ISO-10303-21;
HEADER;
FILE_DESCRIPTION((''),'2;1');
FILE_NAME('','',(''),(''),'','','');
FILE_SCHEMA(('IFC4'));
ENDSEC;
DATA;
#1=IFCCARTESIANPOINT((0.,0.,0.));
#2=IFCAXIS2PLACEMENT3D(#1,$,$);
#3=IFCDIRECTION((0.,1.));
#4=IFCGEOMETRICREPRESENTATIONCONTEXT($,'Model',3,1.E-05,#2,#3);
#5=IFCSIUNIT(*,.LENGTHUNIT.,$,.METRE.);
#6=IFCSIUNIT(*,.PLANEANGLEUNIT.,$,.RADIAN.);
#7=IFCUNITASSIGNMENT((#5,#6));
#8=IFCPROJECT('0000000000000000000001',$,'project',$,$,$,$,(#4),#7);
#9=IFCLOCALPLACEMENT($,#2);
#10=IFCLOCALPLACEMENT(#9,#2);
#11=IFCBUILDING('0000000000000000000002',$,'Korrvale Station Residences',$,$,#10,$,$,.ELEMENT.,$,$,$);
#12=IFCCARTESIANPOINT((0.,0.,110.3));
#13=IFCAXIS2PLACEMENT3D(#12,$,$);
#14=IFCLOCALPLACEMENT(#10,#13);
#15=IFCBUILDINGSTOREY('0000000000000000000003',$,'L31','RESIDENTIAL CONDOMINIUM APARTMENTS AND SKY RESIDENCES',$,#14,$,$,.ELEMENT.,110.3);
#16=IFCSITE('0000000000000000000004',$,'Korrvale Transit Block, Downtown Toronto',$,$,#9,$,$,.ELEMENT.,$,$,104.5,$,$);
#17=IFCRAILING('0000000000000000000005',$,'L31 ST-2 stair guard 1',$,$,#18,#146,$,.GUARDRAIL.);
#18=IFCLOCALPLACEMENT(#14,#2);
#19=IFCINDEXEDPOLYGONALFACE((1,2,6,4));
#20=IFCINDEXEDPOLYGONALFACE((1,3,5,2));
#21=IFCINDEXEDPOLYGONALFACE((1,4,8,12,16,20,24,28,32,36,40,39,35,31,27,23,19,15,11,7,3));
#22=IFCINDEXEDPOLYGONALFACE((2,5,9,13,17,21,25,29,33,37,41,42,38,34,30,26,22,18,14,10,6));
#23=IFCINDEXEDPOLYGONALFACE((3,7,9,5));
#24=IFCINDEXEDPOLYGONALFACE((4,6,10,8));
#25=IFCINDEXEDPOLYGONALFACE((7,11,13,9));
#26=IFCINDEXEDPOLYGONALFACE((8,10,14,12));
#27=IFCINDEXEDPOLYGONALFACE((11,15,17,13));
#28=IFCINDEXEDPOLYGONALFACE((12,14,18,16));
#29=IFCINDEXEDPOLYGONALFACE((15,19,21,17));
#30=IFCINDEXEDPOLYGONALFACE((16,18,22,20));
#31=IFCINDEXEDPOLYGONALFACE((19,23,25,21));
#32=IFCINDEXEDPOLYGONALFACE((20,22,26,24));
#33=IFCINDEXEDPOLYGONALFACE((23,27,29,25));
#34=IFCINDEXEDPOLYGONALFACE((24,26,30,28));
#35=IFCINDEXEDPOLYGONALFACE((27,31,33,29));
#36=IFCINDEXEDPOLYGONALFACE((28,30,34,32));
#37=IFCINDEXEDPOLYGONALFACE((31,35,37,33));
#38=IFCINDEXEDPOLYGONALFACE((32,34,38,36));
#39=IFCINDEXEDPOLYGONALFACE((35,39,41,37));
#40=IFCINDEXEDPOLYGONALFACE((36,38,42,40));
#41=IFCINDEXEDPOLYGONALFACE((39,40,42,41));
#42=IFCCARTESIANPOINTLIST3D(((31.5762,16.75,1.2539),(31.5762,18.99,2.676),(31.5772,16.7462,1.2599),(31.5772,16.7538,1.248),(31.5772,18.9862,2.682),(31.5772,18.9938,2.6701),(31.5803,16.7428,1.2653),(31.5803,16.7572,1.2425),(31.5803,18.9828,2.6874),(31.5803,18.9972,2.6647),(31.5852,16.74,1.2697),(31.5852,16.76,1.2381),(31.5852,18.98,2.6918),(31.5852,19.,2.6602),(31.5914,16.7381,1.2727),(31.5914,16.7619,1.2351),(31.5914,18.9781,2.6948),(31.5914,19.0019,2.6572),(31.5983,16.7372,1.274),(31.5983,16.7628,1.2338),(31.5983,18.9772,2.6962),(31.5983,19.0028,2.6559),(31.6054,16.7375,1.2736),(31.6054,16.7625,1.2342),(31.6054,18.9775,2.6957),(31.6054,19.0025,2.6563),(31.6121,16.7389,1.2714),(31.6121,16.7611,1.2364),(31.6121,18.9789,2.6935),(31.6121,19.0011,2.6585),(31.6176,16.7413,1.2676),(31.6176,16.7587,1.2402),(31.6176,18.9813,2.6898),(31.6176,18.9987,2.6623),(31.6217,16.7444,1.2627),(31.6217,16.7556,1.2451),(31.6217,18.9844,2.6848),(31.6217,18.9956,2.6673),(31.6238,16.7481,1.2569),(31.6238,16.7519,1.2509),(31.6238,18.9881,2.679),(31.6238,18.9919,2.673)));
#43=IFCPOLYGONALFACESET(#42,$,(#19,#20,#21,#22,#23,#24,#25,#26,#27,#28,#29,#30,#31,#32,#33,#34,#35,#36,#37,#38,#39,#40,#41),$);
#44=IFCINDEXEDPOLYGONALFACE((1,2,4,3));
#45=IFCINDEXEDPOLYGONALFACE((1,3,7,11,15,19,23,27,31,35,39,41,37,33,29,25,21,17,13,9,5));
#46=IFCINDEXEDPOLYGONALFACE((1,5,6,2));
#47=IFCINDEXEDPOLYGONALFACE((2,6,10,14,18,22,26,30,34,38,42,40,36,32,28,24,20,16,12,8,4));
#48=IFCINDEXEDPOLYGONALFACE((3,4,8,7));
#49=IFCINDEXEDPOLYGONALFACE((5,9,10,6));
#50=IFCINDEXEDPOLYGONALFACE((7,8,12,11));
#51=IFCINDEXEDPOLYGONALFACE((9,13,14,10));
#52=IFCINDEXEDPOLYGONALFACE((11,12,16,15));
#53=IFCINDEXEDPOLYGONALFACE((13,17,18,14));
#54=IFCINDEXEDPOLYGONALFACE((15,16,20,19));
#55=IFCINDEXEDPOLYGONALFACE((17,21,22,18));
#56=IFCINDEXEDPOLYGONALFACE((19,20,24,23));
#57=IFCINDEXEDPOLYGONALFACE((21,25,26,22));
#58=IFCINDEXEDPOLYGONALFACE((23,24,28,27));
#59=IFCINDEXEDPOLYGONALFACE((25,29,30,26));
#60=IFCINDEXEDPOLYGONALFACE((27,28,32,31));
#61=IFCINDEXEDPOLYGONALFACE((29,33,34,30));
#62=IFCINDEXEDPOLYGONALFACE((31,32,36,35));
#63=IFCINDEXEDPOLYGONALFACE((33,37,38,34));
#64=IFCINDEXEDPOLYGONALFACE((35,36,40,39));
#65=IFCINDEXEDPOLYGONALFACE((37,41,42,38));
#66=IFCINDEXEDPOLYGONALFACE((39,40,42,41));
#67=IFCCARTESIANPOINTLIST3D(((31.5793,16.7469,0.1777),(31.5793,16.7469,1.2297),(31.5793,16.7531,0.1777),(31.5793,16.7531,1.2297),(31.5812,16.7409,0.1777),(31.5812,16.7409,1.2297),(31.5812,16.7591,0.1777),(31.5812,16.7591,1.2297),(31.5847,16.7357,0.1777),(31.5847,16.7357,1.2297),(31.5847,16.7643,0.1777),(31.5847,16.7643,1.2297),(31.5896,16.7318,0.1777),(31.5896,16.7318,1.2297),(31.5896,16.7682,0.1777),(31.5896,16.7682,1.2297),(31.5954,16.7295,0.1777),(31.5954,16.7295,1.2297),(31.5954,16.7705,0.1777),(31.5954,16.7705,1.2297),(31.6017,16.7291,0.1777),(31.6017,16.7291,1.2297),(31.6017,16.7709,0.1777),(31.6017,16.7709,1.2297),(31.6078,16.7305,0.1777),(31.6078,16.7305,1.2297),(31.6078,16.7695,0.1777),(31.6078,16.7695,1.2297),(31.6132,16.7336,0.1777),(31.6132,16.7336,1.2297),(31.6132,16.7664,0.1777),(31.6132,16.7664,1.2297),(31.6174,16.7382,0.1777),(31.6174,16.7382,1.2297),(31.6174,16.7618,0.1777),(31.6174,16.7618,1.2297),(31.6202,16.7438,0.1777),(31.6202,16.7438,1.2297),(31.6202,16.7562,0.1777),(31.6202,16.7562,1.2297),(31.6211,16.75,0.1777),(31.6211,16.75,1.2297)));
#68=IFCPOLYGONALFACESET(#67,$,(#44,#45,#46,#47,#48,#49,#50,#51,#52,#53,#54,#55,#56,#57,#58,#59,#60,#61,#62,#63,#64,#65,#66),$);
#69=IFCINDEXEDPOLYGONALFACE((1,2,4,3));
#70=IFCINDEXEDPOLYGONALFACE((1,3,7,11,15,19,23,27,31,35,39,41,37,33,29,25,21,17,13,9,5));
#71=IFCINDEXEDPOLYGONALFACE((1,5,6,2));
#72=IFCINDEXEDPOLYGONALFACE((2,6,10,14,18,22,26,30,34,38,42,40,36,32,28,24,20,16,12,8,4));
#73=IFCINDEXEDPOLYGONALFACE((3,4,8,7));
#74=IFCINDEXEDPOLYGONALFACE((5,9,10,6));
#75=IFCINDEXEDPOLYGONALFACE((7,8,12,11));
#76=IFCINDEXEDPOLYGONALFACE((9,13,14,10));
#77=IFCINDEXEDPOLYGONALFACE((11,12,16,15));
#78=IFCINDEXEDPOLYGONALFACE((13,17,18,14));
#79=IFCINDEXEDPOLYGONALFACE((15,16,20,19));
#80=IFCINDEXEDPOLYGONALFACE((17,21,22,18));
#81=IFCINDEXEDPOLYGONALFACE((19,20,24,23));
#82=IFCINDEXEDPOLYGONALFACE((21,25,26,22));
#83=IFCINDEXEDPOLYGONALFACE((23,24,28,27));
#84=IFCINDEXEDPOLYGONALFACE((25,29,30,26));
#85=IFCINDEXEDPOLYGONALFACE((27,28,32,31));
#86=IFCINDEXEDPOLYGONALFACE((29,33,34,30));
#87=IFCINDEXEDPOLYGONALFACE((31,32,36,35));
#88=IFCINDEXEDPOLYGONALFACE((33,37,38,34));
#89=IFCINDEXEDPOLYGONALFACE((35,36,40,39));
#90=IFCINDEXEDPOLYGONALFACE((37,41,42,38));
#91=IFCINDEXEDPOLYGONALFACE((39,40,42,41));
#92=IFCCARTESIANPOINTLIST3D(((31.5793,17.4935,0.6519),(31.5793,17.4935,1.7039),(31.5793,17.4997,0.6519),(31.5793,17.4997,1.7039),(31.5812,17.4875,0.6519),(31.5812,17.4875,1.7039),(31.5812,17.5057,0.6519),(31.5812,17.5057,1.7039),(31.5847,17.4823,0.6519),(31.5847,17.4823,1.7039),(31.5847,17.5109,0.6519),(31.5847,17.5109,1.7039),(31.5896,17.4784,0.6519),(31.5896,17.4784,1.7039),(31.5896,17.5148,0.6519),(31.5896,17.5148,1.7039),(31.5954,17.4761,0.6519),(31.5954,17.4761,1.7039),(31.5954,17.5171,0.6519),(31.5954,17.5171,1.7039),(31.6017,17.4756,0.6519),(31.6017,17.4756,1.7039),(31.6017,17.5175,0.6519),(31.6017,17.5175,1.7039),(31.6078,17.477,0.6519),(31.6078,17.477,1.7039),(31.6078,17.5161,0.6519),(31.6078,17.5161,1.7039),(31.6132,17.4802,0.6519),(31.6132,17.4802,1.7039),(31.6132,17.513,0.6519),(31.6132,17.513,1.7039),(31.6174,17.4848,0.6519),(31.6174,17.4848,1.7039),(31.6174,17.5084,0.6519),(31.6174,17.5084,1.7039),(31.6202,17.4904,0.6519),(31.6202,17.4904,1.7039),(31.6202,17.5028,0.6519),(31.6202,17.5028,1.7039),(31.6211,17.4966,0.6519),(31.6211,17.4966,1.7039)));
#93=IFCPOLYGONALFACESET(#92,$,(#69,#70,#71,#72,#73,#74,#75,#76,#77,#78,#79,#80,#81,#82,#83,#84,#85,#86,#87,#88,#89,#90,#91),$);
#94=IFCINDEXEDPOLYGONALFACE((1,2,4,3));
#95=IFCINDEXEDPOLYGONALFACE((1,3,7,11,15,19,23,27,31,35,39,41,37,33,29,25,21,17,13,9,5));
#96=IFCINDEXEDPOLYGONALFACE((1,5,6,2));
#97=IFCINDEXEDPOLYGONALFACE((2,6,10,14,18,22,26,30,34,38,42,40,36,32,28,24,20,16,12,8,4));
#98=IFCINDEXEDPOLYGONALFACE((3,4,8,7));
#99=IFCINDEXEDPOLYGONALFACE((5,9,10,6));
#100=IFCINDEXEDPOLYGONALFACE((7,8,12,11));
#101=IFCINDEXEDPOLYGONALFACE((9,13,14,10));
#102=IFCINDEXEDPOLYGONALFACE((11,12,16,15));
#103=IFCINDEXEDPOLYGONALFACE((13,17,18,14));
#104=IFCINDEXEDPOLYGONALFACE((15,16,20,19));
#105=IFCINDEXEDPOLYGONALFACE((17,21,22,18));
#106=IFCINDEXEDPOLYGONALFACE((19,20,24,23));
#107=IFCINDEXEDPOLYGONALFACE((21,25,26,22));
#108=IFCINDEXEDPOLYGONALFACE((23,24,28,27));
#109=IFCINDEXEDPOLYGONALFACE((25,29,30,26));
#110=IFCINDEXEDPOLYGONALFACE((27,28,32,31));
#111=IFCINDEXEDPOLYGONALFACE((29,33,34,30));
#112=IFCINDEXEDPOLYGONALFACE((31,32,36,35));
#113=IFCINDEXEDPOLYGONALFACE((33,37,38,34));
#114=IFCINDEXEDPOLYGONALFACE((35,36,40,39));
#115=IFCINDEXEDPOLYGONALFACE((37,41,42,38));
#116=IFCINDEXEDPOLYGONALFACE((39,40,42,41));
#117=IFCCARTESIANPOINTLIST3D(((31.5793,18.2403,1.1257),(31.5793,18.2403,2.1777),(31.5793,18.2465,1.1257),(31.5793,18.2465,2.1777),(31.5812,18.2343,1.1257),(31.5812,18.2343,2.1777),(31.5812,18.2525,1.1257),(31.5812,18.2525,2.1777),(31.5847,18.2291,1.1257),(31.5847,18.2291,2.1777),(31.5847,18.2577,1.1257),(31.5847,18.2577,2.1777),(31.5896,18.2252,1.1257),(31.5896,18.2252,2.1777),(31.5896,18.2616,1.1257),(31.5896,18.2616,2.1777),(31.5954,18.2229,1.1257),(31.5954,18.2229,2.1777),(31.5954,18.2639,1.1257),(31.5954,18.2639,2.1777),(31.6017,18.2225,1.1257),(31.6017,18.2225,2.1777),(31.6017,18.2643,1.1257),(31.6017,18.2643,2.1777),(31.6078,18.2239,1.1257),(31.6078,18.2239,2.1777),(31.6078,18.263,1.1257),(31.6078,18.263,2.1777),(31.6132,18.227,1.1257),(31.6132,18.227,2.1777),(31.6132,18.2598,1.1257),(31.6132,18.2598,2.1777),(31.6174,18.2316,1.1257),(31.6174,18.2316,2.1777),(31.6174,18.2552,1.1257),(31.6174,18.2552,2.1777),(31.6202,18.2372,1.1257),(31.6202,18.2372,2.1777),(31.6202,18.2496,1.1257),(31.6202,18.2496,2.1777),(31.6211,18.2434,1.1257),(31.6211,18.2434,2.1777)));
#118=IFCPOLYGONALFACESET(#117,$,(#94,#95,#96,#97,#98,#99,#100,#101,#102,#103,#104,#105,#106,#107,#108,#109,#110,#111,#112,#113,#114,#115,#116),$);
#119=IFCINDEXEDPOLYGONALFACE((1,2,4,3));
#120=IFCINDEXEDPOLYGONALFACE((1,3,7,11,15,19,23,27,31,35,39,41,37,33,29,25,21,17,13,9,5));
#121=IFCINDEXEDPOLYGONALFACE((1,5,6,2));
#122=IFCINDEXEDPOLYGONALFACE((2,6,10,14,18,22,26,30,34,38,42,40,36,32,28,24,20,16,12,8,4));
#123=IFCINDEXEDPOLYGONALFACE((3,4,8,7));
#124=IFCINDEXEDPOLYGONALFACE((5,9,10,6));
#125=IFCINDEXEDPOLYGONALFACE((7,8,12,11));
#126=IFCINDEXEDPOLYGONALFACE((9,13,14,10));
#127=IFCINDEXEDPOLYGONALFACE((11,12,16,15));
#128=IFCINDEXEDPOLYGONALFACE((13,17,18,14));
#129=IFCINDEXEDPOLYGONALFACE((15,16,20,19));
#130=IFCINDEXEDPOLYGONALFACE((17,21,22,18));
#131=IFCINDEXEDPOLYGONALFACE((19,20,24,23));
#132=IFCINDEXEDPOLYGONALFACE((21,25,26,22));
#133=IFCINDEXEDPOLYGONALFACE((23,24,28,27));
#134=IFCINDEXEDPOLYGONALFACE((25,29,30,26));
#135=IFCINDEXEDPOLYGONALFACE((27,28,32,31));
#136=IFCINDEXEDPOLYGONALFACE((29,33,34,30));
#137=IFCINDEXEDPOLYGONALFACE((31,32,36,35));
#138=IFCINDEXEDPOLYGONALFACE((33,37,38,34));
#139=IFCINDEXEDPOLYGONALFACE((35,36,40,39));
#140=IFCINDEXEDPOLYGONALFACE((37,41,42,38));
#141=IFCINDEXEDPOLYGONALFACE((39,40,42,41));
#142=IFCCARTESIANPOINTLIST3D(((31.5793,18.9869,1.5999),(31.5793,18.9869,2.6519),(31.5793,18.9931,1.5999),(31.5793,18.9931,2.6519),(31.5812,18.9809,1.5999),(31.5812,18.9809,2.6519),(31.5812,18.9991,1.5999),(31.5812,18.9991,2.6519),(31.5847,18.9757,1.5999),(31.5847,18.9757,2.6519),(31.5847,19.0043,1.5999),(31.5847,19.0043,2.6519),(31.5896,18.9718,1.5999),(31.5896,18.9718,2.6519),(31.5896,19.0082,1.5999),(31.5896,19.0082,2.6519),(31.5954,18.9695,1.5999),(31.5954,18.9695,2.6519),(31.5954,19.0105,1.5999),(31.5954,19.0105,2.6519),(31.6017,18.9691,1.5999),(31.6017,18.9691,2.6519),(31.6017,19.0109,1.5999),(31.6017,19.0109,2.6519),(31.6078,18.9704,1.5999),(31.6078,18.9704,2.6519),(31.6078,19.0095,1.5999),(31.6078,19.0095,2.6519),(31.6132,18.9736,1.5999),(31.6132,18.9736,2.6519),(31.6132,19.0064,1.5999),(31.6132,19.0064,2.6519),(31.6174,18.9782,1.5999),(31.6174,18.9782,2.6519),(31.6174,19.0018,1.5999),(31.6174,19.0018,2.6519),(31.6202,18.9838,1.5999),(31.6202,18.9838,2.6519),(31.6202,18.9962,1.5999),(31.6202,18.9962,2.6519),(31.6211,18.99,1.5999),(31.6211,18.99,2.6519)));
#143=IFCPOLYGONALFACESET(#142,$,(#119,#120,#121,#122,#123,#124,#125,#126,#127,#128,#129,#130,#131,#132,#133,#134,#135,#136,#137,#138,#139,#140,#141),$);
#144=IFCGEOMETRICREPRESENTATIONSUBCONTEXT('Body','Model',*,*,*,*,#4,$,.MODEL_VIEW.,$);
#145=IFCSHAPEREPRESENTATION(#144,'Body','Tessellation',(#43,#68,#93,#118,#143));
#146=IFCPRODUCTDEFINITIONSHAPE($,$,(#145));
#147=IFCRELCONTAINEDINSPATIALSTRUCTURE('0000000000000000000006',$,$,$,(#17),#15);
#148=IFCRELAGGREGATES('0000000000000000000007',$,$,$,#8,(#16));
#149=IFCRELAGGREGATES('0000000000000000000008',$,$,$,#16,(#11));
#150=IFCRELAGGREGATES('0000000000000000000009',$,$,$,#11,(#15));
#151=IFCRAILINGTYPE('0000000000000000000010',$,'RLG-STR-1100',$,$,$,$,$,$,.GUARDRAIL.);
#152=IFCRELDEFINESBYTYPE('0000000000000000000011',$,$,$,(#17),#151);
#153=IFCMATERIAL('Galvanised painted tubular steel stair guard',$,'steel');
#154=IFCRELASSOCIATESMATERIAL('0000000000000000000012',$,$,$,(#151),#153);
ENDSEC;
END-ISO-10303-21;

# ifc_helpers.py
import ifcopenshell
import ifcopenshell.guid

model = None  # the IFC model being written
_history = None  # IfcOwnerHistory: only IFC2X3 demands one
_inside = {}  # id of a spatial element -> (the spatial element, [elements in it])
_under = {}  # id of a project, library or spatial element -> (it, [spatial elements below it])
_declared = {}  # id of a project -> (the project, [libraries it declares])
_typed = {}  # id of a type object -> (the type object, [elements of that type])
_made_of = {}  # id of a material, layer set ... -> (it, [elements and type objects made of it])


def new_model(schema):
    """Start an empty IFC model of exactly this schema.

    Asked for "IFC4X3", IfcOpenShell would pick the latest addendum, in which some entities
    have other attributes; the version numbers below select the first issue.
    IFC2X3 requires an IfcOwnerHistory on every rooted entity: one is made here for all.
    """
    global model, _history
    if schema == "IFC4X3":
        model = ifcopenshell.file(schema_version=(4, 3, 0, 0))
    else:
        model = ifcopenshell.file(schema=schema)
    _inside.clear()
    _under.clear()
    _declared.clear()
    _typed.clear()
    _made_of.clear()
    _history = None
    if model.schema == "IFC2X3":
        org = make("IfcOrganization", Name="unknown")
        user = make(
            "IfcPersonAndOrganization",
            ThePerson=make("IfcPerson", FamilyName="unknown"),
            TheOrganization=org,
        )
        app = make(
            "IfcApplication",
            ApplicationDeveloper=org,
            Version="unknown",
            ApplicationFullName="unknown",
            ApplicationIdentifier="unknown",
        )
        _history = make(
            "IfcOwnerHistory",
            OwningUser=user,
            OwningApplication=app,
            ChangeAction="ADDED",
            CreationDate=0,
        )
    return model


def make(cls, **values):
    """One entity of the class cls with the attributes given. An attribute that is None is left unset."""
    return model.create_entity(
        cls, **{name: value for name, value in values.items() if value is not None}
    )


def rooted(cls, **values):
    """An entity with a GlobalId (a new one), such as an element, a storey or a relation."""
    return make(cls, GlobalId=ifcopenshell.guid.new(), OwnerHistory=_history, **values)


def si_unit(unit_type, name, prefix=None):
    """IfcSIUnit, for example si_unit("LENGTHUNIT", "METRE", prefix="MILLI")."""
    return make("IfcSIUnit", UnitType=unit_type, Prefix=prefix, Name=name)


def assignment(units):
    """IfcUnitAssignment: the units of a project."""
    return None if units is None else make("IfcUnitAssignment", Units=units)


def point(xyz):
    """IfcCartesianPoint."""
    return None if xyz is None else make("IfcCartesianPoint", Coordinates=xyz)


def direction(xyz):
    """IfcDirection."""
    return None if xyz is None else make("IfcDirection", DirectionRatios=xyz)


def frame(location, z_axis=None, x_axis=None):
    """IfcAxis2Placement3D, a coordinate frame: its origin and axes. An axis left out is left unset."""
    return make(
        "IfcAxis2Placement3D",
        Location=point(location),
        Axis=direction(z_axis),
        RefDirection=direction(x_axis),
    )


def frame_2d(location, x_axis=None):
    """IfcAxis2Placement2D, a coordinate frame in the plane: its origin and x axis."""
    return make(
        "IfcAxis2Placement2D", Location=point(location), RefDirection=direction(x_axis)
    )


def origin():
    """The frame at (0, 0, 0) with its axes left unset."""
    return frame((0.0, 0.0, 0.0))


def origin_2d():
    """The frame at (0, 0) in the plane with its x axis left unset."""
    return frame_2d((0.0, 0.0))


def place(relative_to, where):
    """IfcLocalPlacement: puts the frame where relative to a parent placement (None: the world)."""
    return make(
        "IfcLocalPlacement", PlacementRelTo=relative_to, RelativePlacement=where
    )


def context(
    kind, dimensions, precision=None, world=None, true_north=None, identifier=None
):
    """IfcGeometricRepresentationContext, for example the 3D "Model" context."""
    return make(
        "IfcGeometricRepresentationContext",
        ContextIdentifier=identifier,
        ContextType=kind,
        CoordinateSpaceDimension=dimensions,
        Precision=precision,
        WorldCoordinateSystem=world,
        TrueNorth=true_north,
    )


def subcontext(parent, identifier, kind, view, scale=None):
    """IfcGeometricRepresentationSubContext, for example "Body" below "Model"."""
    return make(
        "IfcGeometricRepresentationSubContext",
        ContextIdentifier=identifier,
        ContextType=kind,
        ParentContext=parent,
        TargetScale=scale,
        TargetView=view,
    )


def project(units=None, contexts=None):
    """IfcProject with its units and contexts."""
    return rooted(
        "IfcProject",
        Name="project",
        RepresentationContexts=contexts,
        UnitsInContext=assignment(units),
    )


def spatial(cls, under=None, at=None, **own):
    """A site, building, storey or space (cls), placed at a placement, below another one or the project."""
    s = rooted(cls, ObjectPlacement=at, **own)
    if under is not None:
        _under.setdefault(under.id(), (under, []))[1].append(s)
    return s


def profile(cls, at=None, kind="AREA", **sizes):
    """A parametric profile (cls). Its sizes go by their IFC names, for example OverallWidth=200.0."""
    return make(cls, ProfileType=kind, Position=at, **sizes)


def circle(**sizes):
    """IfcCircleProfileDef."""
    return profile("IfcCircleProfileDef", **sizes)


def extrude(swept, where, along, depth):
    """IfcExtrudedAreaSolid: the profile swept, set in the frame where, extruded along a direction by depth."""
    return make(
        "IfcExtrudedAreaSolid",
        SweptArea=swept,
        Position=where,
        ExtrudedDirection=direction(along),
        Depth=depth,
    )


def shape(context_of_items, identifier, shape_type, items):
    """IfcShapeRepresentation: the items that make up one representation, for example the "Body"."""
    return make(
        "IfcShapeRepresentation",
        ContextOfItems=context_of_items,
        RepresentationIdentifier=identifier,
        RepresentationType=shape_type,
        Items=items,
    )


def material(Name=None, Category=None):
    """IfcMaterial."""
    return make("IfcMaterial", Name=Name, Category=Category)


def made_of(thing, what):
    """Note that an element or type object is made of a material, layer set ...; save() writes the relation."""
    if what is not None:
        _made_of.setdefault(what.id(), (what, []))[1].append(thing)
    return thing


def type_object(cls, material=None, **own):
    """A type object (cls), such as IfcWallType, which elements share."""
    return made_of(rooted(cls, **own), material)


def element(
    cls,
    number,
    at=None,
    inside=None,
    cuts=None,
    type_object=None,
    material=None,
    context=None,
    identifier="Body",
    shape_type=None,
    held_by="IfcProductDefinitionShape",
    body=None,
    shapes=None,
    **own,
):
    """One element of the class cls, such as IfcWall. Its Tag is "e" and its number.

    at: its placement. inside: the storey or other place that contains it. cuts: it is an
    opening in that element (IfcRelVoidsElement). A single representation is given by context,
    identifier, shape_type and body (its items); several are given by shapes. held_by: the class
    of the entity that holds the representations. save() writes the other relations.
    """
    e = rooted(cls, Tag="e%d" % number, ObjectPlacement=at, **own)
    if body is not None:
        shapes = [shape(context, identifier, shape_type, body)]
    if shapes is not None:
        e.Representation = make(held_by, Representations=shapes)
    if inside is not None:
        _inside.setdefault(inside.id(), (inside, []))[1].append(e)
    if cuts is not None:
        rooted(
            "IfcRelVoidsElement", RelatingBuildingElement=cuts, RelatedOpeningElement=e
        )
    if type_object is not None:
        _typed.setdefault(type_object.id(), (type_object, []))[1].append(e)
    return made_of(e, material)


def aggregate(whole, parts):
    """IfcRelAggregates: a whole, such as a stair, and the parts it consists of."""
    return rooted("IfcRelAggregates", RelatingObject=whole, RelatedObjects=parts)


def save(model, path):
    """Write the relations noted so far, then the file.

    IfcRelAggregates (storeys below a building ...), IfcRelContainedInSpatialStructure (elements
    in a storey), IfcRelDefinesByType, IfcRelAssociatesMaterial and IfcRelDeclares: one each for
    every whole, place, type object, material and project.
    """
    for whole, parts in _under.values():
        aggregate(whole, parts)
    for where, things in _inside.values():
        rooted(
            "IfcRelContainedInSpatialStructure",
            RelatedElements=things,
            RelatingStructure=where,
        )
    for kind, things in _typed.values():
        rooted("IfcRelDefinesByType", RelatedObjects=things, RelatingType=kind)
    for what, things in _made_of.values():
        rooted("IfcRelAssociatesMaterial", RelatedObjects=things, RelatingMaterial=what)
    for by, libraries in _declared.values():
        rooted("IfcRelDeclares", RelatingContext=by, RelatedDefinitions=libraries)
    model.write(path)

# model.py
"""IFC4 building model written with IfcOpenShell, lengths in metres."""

from ifc_helpers import new_model, si_unit, direction, frame, origin, origin_2d, place, context, subcontext, project, spatial, circle, extrude, material, type_object, element, save


model = new_model("IFC4")

# Units and contexts
model_context = context("Model", 3, precision=1e-05, world=origin(), true_north=direction((0.0, 1.0)))
body_context = subcontext(model_context, "Body", "Model", "MODEL_VIEW")
ifc_project = project(units=[si_unit("LENGTHUNIT", "METRE"), si_unit("PLANEANGLEUNIT", "RADIAN")], contexts=[model_context])

# Site, building, storey
site_placement = place(None, origin())
site = spatial("IfcSite", under=ifc_project, at=site_placement, Name="Korrvale Transit Block, Downtown Toronto", CompositionType="ELEMENT", RefElevation=104.5)
building_placement = place(site_placement, origin())
building = spatial("IfcBuilding", under=site, at=building_placement, Name="Korrvale Station Residences", CompositionType="ELEMENT")
storey_placement = place(building_placement, frame((0.0, 0.0, 110.3)))
storey = spatial("IfcBuildingStorey", under=building, at=storey_placement, Name="L31", Description="RESIDENTIAL CONDOMINIUM APARTMENTS AND SKY RESIDENCES", CompositionType="ELEMENT", Elevation=110.3)

# Railing
ifc_material_1 = material(Name="Galvanised painted tubular steel stair guard", Category="steel")
railing_type_1 = type_object("IfcRailingType", Name="RLG-STR-1100", PredefinedType="GUARDRAIL", material=ifc_material_1)
railing_1_placement = place(storey_placement, frame((31.6001, 16.75, 0.1777)))
element("IfcRailing", 1, at=railing_1_placement, inside=storey, type_object=railing_type_1, Name="L31 ST-2 stair guard 1", PredefinedType="GUARDRAIL", context=body_context, shape_type="SweptSolid", body=[
    extrude(circle(Radius=0.0239, at=origin_2d()), frame((0.0, 0.0, 1.0762), z_axis=(0.0, 0.844229, 0.535982), x_axis=(-1.0, 0.0, 0.0)), (0.0, 0.0, 1.0), 2.6533),
    extrude(circle(Radius=0.021, at=origin_2d()), origin(), (0.0, 0.0, 1.0), 1.052),
    extrude(circle(Radius=0.021, at=origin_2d()), frame((0.0, 0.7466, 0.4741)), (0.0, 0.0, 1.0), 1.052),
    extrude(circle(Radius=0.021, at=origin_2d()), frame((0.0, 1.4934, 0.948)), (0.0, 0.0, 1.0), 1.052),
    extrude(circle(Radius=0.021, at=origin_2d()), frame((0.0, 2.24, 1.4221)), (0.0, 0.0, 1.0), 1.052),
])

save(model, "model.ifc")
